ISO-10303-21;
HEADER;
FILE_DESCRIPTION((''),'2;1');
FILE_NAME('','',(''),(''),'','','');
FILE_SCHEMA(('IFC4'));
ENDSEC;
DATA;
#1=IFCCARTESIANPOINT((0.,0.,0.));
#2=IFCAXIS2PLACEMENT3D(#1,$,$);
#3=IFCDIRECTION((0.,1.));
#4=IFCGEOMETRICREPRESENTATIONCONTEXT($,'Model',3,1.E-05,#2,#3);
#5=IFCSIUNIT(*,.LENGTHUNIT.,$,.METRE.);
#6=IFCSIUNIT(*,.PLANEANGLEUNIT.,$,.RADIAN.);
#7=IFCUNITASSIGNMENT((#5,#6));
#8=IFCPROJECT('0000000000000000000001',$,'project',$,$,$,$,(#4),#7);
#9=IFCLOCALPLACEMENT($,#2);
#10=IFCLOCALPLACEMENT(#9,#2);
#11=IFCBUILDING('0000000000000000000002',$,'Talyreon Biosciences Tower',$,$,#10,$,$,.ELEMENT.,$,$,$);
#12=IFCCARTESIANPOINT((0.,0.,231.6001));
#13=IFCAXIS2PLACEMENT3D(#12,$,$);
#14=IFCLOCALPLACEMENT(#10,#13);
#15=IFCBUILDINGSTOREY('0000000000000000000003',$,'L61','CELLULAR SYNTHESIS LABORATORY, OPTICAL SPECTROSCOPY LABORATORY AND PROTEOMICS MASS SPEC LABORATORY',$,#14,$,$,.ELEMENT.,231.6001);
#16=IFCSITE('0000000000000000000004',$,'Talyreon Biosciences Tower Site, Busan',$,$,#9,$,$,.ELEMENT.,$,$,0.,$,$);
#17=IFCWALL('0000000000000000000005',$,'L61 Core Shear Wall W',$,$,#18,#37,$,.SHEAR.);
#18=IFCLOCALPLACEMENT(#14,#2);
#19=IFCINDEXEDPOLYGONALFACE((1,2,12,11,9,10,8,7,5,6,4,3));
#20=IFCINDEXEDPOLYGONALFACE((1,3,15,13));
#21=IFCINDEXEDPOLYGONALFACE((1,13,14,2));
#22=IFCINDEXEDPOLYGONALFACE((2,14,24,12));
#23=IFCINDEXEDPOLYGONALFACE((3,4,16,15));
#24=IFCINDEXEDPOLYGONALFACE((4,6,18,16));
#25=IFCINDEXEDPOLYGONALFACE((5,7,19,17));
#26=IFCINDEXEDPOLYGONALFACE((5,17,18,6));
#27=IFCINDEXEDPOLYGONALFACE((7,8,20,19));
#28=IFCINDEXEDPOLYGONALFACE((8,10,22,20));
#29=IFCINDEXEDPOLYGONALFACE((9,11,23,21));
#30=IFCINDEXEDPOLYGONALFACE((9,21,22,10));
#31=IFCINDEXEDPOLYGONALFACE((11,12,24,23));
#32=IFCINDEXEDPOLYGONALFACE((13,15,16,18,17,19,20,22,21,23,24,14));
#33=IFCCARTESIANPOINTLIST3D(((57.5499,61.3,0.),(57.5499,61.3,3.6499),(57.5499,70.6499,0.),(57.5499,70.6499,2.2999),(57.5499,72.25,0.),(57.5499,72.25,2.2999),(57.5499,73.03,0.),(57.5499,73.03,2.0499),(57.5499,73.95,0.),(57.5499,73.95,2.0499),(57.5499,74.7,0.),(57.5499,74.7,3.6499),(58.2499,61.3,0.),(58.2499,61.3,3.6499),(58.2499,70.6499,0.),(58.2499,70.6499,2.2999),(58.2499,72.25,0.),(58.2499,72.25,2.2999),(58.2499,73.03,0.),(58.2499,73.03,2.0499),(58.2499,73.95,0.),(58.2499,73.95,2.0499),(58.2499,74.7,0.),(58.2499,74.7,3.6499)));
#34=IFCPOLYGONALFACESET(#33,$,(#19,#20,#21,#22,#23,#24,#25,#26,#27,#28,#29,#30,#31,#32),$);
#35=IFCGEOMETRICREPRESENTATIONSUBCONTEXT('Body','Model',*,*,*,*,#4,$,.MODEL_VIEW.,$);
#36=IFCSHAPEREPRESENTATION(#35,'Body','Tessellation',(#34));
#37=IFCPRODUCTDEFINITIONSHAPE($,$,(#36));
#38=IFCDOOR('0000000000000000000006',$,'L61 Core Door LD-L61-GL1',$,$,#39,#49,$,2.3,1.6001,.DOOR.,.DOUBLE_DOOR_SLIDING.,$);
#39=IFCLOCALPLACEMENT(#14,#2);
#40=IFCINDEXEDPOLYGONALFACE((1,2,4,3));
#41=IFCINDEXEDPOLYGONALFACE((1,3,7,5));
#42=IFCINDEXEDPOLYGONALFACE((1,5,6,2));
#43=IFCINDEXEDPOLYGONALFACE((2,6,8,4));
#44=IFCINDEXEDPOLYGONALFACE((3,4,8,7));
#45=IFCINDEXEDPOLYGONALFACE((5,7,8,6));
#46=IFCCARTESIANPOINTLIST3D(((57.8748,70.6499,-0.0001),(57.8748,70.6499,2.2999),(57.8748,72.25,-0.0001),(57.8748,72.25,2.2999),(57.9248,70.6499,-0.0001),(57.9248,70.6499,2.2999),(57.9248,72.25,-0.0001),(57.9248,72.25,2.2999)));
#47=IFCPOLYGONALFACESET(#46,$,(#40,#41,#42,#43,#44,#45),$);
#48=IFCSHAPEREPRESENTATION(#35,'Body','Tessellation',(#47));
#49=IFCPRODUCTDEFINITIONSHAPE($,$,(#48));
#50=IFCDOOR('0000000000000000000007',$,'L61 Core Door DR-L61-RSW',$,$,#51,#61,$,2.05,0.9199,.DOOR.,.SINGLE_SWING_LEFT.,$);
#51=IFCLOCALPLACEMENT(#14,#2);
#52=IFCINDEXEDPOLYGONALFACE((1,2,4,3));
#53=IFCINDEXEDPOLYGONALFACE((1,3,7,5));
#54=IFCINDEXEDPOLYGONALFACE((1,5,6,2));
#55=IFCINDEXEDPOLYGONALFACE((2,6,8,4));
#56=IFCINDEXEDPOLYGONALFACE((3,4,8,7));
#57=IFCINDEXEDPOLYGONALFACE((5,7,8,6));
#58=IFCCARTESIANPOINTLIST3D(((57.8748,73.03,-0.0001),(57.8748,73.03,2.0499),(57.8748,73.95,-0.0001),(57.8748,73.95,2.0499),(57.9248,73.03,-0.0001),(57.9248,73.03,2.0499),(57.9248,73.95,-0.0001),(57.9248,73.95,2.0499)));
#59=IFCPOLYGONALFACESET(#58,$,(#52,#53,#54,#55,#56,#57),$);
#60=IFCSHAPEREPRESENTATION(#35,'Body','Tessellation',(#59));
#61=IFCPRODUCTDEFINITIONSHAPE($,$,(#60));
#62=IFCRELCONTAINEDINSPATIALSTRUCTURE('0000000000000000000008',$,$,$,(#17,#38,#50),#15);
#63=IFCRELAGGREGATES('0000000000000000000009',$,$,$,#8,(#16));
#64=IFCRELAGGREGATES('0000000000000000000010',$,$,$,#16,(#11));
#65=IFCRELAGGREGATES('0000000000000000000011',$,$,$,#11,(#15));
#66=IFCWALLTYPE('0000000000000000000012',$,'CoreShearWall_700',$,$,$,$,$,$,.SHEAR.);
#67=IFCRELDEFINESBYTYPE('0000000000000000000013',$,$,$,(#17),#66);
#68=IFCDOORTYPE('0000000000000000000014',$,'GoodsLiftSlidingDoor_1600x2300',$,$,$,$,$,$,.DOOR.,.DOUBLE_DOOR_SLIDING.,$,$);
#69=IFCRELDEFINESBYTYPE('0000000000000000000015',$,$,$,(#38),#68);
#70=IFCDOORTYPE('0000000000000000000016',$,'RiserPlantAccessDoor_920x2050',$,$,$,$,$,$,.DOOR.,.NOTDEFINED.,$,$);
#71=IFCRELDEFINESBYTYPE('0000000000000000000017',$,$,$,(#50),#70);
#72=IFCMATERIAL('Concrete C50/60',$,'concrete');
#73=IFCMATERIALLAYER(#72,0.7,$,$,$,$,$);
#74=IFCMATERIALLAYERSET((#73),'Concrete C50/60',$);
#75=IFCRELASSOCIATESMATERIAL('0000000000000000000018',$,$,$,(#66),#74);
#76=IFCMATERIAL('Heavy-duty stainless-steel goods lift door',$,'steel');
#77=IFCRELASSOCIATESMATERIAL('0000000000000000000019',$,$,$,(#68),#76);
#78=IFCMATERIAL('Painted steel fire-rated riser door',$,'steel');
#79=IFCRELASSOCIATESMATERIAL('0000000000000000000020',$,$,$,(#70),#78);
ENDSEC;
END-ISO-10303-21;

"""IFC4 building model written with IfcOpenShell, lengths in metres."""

from ifc_helpers import new_model, si_unit, direction, frame, frame_2d, origin, place, context, subcontext, project, spatial, rectangle, extrude, material, layer, layer_set, type_object, element, fill, save


model = new_model("IFC4")

# Units and contexts
model_context = context("Model", 3, precision=1e-05, world=origin(), true_north=direction((0.0, 1.0)))
body_context = subcontext(model_context, "Body", "Model", "MODEL_VIEW")
ifc_project = project(units=[si_unit("LENGTHUNIT", "METRE"), si_unit("PLANEANGLEUNIT", "RADIAN")], contexts=[model_context])

# Site, building, storey
site_placement = place(None, origin())
site = spatial("IfcSite", under=ifc_project, at=site_placement, Name="Talyreon Biosciences Tower Site, Busan", CompositionType="ELEMENT", RefElevation=0.0)
building_placement = place(site_placement, origin())
building = spatial("IfcBuilding", under=site, at=building_placement, Name="Talyreon Biosciences Tower", CompositionType="ELEMENT")
storey_placement = place(building_placement, frame((0.0, 0.0, 231.6001)))
storey = spatial("IfcBuildingStorey", under=building, at=storey_placement, Name="L61", Description="CELLULAR SYNTHESIS LABORATORY, OPTICAL SPECTROSCOPY LABORATORY AND PROTEOMICS MASS SPEC LABORATORY", CompositionType="ELEMENT", Elevation=231.6001)

# Shared definitions
ifc_material_1 = material(Name="Concrete C50/60", Category="concrete")

# Shared definitions
ifc_layer_1 = layer(ifc_material_1, 0.7)
ifc_layer_set_1 = layer_set([ifc_layer_1], Name="Concrete C50/60")
wall_type_1 = type_object("IfcWallType", Name="CoreShearWall_700", PredefinedType="SHEAR", material=ifc_layer_set_1)

# Wall, openings, doors
wall_1_placement = place(storey_placement, frame((57.8999, 74.7, 0.0), z_axis=(0.0, 0.0, 1.0), x_axis=(0.0, -1.0, 0.0)))
wall_1 = element("IfcWall", 1, at=wall_1_placement, inside=storey, type_object=wall_type_1, Name="L61 Core Shear Wall W", PredefinedType="SHEAR", context=body_context, shape_type="SweptSolid", body=[
    extrude(rectangle(XDim=13.3999, YDim=0.7, at=frame_2d((6.7, 0.0))), origin(), (0.0, 0.0, 1.0), 3.6499),
])
opening_1_placement = place(wall_1_placement, frame((0.75, 0.0, 0.0)))
opening_1 = element("IfcOpeningElement", 2, at=opening_1_placement, cuts=wall_1, PredefinedType="OPENING", context=body_context, shape_type="SweptSolid", body=[
    extrude(rectangle(XDim=0.9199, YDim=2.05, at=frame_2d((0.46, 1.0249))), frame((0.0, 0.3599, 0.0), z_axis=(0.0, -1.0, 0.0), x_axis=(1.0, 0.0, 0.0)), (0.0, 0.0, 1.0), 0.72),
])
opening_2_placement = place(wall_1_placement, frame((2.45, 0.0, 0.0)))
opening_2 = element("IfcOpeningElement", 3, at=opening_2_placement, cuts=wall_1, PredefinedType="OPENING", context=body_context, shape_type="SweptSolid", body=[
    extrude(rectangle(XDim=1.6001, YDim=2.3, at=frame_2d((0.8, 1.1499))), frame((0.0, 0.3599, 0.0), z_axis=(0.0, -1.0, 0.0), x_axis=(1.0, 0.0, 0.0)), (0.0, 0.0, 1.0), 0.72),
])
ifc_material_2 = material(Name="Heavy-duty stainless-steel goods lift door", Category="steel")
door_type_1 = type_object("IfcDoorType", Name="GoodsLiftSlidingDoor_1600x2300", OperationType="DOUBLE_DOOR_SLIDING", PredefinedType="DOOR", material=ifc_material_2)
door_1_placement = place(opening_2_placement, origin())
door_1 = element("IfcDoor", 4, at=door_1_placement, inside=storey, type_object=door_type_1, Name="L61 Core Door LD-L61-GL1", OperationType="DOUBLE_DOOR_SLIDING", OverallHeight=2.3, OverallWidth=1.6001, PredefinedType="DOOR", context=body_context, shape_type="SweptSolid", body=[
    extrude(rectangle(XDim=1.6001, YDim=2.3, at=frame_2d((0.8, 1.1499))), frame((0.0, 0.0249, 0.0), z_axis=(0.0, -1.0, 0.0), x_axis=(1.0, 0.0, 0.0)), (0.0, 0.0, 1.0), 0.05),
])
fill(opening_2, door_1)
ifc_material_3 = material(Name="Painted steel fire-rated riser door", Category="steel")
door_type_2 = type_object("IfcDoorType", Name="RiserPlantAccessDoor_920x2050", OperationType="NOTDEFINED", PredefinedType="DOOR", material=ifc_material_3)
door_2_placement = place(opening_1_placement, origin())
door_2 = element("IfcDoor", 5, at=door_2_placement, inside=storey, type_object=door_type_2, Name="L61 Core Door DR-L61-RSW", OperationType="SINGLE_SWING_LEFT", OverallHeight=2.05, OverallWidth=0.9199, PredefinedType="DOOR", context=body_context, shape_type="SweptSolid", body=[
    extrude(rectangle(XDim=0.9199, YDim=2.05, at=frame_2d((0.46, 1.0249))), frame((0.0, 0.0249, 0.0), z_axis=(0.0, -1.0, 0.0), x_axis=(1.0, 0.0, 0.0)), (0.0, 0.0, 1.0), 0.05),
])
fill(opening_1, door_2)

save(model, "model.ifc")
